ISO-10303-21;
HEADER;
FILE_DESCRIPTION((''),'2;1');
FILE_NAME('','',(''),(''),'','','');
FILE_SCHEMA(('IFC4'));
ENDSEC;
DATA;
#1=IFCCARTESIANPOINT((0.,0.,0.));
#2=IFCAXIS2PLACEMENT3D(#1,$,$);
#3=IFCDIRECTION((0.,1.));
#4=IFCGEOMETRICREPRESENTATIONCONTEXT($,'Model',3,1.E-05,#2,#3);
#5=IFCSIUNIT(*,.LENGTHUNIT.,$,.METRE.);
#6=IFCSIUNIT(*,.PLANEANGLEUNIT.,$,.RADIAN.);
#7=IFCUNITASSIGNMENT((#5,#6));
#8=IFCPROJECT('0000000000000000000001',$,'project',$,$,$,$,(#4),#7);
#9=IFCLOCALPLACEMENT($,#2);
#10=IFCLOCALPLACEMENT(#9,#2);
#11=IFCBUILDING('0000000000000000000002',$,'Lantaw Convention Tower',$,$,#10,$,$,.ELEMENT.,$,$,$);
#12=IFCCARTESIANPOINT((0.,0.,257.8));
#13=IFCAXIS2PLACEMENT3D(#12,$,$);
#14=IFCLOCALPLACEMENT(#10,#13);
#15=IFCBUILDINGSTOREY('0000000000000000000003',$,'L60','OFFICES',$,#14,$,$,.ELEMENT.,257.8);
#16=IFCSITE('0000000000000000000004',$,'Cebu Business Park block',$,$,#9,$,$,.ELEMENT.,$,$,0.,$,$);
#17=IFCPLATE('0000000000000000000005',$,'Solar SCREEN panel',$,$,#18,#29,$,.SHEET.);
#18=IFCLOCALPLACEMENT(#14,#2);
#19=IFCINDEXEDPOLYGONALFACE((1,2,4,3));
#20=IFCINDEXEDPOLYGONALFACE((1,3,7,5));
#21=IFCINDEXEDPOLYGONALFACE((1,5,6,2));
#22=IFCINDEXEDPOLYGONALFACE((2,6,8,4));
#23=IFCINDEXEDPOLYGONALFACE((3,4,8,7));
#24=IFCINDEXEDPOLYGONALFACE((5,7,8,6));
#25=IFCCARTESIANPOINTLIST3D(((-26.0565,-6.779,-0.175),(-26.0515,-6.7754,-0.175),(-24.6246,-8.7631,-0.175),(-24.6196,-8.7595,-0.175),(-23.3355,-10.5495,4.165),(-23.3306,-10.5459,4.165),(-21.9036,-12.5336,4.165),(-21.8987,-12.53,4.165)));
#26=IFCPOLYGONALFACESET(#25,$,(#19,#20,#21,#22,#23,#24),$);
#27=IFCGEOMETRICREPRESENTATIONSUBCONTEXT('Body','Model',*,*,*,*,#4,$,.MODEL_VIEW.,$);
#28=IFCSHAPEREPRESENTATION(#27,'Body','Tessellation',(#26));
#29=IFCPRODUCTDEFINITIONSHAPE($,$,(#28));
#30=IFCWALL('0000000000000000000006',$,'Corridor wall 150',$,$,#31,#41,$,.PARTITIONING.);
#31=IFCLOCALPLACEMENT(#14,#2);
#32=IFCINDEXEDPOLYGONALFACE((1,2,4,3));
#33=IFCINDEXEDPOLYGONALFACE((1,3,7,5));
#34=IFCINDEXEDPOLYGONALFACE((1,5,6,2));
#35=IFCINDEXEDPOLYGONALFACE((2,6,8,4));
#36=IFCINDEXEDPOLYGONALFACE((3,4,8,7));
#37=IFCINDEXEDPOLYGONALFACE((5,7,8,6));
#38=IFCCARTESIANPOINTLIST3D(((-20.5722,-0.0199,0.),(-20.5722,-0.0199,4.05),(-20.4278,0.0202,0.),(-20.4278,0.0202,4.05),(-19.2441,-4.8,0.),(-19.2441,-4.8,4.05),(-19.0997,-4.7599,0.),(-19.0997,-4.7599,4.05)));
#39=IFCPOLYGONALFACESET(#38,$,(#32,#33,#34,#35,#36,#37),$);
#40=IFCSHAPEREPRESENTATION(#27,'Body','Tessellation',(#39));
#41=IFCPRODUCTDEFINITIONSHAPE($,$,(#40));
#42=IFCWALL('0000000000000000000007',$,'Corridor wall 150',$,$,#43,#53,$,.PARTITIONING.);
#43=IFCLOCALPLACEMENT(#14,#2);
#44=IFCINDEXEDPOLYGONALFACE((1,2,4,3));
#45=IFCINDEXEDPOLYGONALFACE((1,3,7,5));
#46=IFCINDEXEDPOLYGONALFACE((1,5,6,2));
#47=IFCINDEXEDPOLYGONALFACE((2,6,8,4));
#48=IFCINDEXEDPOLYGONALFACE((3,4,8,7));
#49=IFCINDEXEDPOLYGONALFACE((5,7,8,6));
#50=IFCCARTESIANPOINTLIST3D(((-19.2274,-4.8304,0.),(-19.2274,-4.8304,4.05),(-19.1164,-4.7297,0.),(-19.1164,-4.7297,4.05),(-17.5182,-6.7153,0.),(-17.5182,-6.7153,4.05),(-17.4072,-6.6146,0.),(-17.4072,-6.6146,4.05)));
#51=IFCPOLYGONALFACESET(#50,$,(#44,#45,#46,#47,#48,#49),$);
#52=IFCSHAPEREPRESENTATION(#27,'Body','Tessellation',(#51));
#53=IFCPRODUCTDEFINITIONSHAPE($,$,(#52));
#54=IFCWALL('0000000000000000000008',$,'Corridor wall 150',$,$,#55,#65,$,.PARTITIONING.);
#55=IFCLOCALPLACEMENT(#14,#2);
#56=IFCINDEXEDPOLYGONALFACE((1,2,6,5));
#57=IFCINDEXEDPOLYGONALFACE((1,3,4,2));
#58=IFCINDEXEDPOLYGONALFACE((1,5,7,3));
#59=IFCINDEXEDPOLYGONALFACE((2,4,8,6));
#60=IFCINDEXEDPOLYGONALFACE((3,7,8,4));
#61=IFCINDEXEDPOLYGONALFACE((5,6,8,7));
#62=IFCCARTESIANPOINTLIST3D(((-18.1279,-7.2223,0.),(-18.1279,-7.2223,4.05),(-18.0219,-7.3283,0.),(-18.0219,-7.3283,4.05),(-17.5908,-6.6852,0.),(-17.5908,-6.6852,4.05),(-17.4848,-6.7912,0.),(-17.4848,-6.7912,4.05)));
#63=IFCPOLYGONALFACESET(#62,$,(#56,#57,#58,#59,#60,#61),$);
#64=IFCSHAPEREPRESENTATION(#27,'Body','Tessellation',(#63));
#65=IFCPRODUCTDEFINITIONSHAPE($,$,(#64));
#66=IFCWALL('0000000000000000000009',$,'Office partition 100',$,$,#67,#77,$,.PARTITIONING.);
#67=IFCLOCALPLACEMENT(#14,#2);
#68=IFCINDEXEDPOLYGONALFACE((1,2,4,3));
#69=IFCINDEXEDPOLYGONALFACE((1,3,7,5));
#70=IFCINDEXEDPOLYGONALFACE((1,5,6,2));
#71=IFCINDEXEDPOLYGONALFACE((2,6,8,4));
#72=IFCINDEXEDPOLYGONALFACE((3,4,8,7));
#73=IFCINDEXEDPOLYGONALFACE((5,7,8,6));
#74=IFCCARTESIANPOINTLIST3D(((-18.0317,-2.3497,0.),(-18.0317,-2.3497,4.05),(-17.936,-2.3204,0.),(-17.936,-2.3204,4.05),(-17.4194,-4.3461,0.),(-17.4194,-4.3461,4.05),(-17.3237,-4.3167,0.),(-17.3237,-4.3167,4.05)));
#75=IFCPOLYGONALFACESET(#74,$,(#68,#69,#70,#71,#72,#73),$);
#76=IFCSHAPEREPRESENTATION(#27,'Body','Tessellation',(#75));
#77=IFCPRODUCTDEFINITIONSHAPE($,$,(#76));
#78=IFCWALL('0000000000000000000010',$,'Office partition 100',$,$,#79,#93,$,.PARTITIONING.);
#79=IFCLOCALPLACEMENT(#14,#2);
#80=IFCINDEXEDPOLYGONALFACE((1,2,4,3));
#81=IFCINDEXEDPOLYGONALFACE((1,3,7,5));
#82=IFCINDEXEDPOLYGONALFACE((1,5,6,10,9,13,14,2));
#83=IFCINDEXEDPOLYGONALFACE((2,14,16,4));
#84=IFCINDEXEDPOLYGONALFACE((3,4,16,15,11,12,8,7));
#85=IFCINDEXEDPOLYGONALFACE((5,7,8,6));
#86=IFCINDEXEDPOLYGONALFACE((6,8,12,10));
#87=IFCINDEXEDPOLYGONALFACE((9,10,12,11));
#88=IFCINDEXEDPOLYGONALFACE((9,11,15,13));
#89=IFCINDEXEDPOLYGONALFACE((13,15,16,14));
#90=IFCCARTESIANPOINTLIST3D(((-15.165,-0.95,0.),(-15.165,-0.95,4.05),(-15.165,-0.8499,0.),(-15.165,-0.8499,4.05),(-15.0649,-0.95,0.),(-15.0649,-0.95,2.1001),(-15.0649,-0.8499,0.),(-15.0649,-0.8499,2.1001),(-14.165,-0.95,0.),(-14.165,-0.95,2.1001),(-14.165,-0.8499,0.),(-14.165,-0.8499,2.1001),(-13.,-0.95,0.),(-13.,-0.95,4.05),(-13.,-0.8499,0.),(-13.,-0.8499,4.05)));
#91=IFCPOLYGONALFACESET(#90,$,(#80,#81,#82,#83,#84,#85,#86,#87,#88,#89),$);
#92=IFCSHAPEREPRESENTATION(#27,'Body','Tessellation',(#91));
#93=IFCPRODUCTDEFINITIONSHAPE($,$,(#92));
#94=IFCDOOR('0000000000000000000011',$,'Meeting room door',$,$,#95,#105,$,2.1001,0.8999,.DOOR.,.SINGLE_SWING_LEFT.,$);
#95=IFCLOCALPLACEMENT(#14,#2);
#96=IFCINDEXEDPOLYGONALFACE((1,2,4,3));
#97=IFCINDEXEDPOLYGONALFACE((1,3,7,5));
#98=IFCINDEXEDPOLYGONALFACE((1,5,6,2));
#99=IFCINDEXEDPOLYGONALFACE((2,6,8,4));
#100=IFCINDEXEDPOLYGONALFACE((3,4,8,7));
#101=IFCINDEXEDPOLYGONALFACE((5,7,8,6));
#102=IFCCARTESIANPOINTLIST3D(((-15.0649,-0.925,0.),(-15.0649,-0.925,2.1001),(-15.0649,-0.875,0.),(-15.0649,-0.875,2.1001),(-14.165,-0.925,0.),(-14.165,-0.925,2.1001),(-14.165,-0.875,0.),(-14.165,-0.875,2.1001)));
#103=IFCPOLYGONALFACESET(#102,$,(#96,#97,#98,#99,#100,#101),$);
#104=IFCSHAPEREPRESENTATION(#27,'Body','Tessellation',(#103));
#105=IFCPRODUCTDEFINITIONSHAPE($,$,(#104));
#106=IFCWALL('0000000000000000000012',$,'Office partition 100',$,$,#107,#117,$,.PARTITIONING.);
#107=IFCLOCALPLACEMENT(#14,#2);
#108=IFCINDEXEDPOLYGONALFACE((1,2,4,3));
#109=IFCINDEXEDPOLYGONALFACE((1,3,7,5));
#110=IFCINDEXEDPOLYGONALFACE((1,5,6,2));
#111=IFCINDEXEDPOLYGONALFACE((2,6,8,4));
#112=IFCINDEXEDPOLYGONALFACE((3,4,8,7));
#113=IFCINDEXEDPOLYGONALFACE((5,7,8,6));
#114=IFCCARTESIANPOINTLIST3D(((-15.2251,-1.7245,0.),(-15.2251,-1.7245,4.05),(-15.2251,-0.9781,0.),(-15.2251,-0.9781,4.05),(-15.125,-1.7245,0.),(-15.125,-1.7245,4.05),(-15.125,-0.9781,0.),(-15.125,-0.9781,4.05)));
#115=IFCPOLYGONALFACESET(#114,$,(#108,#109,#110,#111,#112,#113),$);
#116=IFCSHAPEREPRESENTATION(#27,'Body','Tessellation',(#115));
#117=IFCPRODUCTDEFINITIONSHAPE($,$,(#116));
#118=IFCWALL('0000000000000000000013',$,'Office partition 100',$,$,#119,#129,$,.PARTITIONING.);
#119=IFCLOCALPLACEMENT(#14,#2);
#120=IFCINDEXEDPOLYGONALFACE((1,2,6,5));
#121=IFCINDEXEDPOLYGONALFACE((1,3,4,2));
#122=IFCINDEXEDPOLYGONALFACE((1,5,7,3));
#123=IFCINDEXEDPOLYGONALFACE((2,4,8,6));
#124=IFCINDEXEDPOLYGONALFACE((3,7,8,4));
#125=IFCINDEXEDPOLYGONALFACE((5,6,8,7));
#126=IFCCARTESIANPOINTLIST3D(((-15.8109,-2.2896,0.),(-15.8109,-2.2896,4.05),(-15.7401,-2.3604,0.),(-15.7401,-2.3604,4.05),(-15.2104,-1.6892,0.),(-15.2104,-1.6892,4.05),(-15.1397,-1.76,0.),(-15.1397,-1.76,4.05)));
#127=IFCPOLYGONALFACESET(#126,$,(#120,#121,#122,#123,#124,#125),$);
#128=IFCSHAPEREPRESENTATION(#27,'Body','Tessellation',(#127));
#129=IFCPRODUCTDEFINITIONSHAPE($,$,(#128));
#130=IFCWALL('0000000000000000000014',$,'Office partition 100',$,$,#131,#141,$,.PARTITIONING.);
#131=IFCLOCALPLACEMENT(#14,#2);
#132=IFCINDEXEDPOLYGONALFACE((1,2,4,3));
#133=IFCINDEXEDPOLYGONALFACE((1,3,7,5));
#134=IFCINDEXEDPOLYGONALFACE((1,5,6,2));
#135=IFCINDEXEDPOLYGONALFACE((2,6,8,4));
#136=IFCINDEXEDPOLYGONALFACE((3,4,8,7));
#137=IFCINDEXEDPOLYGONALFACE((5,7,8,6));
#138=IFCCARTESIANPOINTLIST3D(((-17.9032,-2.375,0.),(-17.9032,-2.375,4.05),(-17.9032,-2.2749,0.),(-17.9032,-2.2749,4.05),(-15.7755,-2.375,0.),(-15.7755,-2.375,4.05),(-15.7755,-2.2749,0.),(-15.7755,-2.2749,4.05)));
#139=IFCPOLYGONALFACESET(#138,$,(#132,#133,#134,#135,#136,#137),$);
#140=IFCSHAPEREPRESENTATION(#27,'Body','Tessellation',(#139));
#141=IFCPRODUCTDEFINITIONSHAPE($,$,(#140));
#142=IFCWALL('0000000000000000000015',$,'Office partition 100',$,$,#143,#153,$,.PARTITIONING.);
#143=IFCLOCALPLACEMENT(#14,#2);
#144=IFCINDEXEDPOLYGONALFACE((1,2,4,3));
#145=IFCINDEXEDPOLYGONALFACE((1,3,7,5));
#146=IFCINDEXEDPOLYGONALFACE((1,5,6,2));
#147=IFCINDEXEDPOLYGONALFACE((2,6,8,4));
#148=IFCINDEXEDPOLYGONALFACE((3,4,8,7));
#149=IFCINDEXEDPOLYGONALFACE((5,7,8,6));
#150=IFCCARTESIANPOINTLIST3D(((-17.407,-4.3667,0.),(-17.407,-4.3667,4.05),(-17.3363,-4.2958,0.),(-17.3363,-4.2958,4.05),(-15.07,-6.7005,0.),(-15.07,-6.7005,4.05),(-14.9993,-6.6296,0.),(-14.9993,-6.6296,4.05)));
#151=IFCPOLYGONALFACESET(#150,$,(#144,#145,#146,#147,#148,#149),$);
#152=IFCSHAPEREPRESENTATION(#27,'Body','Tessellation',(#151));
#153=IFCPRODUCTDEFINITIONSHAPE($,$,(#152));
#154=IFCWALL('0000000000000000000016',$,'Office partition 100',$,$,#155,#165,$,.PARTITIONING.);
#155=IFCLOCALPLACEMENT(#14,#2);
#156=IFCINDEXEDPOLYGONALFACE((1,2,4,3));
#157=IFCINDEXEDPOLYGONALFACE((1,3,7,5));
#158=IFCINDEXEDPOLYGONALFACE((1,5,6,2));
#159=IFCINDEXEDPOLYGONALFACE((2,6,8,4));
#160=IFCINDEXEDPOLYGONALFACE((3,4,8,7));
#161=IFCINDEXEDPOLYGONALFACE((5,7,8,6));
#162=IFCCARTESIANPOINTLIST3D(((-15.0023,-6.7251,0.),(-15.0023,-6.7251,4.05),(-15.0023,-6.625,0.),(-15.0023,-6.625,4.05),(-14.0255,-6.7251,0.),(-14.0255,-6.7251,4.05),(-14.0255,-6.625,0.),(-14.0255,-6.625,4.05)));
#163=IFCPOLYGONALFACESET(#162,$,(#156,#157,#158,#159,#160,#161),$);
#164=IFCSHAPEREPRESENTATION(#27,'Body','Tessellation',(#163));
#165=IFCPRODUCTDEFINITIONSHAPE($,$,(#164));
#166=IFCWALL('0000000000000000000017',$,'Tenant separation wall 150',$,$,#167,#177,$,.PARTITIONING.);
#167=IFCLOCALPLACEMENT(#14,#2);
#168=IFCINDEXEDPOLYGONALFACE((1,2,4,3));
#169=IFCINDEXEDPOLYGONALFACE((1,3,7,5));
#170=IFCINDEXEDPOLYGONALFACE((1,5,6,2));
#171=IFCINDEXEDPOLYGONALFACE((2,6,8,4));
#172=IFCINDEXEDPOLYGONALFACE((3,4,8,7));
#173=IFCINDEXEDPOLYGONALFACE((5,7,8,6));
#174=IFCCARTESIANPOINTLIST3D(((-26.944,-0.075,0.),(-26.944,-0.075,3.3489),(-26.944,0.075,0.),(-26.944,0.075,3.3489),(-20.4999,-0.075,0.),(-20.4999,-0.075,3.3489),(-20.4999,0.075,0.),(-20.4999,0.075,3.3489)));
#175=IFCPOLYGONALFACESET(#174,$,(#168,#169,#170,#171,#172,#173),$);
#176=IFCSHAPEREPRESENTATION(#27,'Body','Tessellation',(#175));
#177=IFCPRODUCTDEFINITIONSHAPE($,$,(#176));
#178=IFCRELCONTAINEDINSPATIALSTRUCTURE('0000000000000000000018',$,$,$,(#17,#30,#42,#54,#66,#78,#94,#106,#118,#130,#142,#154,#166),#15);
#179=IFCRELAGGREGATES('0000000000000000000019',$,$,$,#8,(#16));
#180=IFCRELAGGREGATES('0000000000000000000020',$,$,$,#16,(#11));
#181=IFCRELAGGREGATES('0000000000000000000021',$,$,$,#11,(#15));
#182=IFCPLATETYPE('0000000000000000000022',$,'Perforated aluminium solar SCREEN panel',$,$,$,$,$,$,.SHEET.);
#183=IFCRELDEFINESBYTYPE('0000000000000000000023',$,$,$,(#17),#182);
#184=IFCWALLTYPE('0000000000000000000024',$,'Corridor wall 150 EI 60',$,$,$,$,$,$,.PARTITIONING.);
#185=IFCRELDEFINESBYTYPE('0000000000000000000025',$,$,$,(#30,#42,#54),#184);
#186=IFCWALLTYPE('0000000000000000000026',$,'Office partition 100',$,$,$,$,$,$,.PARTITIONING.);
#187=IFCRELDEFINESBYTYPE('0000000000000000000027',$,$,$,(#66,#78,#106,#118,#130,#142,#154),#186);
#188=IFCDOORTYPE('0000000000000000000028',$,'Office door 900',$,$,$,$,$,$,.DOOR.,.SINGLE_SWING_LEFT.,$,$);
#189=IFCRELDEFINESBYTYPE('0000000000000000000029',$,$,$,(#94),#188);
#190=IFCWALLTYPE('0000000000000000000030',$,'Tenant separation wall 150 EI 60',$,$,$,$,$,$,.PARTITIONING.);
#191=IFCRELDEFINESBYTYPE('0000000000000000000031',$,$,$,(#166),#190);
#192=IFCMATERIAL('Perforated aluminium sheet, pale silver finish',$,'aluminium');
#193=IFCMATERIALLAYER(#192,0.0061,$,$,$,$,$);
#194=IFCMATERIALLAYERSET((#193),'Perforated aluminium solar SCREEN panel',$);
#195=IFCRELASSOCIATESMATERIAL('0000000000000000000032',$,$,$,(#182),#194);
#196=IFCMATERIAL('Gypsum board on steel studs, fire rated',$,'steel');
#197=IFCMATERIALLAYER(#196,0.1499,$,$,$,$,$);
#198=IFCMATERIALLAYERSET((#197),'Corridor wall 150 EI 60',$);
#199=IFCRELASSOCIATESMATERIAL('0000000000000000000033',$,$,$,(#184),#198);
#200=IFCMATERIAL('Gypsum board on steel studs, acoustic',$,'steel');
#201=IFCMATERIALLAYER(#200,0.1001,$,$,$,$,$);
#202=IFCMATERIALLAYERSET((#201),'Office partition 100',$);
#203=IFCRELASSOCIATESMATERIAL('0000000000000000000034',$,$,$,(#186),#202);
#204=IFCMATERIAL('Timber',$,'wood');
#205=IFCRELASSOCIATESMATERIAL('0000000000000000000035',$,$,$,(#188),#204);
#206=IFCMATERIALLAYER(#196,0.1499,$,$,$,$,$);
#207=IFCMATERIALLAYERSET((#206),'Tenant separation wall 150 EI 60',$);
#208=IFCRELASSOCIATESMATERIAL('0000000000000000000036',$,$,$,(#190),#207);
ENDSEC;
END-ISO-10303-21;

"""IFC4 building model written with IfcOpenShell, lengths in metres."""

from ifc_helpers import new_model, si_unit, direction, frame, frame_2d, origin, place, context, subcontext, project, spatial, polyline, rectangle, outline, extrude, material, layer, layer_set, type_object, element, fill, save


model = new_model("IFC4")

# Units and contexts
model_context = context("Model", 3, precision=1e-05, world=origin(), true_north=direction((0.0, 1.0)))
body_context = subcontext(model_context, "Body", "Model", "MODEL_VIEW")
ifc_project = project(units=[si_unit("LENGTHUNIT", "METRE"), si_unit("PLANEANGLEUNIT", "RADIAN")], contexts=[model_context])

# Site, building, storey
site_placement = place(None, origin())
site = spatial("IfcSite", under=ifc_project, at=site_placement, Name="Cebu Business Park block", CompositionType="ELEMENT", RefElevation=0.0)
building_placement = place(site_placement, origin())
building = spatial("IfcBuilding", under=site, at=building_placement, Name="Lantaw Convention Tower", CompositionType="ELEMENT")
storey_placement = place(building_placement, frame((0.0, 0.0, 257.8)))
storey = spatial("IfcBuildingStorey", under=building, at=storey_placement, Name="L60", Description="OFFICES", CompositionType="ELEMENT", Elevation=257.8)

# Plate
ifc_material_1 = material(Name="Perforated aluminium sheet, pale silver finish", Category="aluminium")
ifc_layer_1 = layer(ifc_material_1, 0.0061)
ifc_layer_set_1 = layer_set([ifc_layer_1], Name="Perforated aluminium solar SCREEN panel")
plate_type_1 = type_object("IfcPlateType", Name="Perforated aluminium solar SCREEN panel", PredefinedType="SHEET", material=ifc_layer_set_1)
plate_1_placement = place(storey_placement, frame((-26.0515, -6.7754, -0.175), z_axis=(0.810892, 0.585195, 0.00002), x_axis=(0.585195, -0.810892, 0.0)))
element("IfcPlate", 1, at=plate_1_placement, inside=storey, type_object=plate_type_1, Name="Solar SCREEN panel", PredefinedType="SHEET", context=body_context, shape_type="SweptSolid", body=[
    extrude(outline(polyline([(0.0, 0.0), (2.4468, 0.0), (7.0966, -4.3401), (4.6498, -4.3401), (0.0, 0.0)])), origin(), (0.0, 0.0, -1.0), 0.0061),
])

# Walls
ifc_material_2 = material(Name="Gypsum board on steel studs, fire rated", Category="steel")
ifc_layer_2 = layer(ifc_material_2, 0.1499)
ifc_layer_set_2 = layer_set([ifc_layer_2], Name="Corridor wall 150 EI 60")
wall_type_1 = type_object("IfcWallType", Name="Corridor wall 150 EI 60", PredefinedType="PARTITIONING", material=ifc_layer_set_2)
wall_1_placement = place(storey_placement, frame((-20.5, 0.0, 0.0), z_axis=(0.0, 0.0, 1.0), x_axis=(0.267707, -0.9635, 0.0)))
element("IfcWall", 2, at=wall_1_placement, inside=storey, type_object=wall_type_1, Name="Corridor wall 150", PredefinedType="PARTITIONING", context=body_context, shape_type="SweptSolid", body=[
    extrude(rectangle(XDim=4.9612, YDim=0.1499, at=frame_2d((2.4805, 0.0))), origin(), (0.0, 0.0, 1.0), 4.05),
])
wall_2_placement = place(storey_placement, frame((-19.1719, -4.78, 0.0), z_axis=(0.0, 0.0, 1.0), x_axis=(0.671722, -0.740803, 0.0)))
element("IfcWall", 3, at=wall_2_placement, inside=storey, type_object=wall_type_1, Name="Corridor wall 150", PredefinedType="PARTITIONING", context=body_context, shape_type="SweptSolid", body=[
    extrude(rectangle(XDim=2.5444, YDim=0.1499, at=frame_2d((1.2722, 0.0))), origin(), (0.0, 0.0, 1.0), 4.05),
])
wall_3_placement = place(storey_placement, frame((-18.075, -7.2754, 0.0), z_axis=(0.0, 0.0, 1.0), x_axis=(0.707107, 0.707107, 0.0)))
element("IfcWall", 4, at=wall_3_placement, inside=storey, type_object=wall_type_1, Name="Corridor wall 150", PredefinedType="PARTITIONING", context=body_context, shape_type="SweptSolid", body=[
    extrude(rectangle(XDim=0.7595, YDim=0.1499, at=frame_2d((0.3799, 0.0))), origin(), (0.0, 0.0, 1.0), 4.05),
])
ifc_material_3 = material(Name="Gypsum board on steel studs, acoustic", Category="steel")
ifc_layer_3 = layer(ifc_material_3, 0.1001)
ifc_layer_set_3 = layer_set([ifc_layer_3], Name="Office partition 100")
wall_type_2 = type_object("IfcWallType", Name="Office partition 100", PredefinedType="PARTITIONING", material=ifc_layer_set_3)
wall_4_placement = place(storey_placement, frame((-17.3716, -4.3313, 0.0), z_axis=(0.0, 0.0, 1.0), x_axis=(-0.293231, 0.956042, 0.0)))
element("IfcWall", 5, at=wall_4_placement, inside=storey, type_object=wall_type_2, Name="Office partition 100", PredefinedType="PARTITIONING", context=body_context, shape_type="SweptSolid", body=[
    extrude(rectangle(XDim=2.0881, YDim=0.1001, at=frame_2d((1.0439, 0.0))), origin(), (0.0, 0.0, 1.0), 4.05),
])

# Wall, opening, door
wall_5_placement = place(storey_placement, frame((-15.165, -0.8999, 0.0), z_axis=(0.0, 0.0, 1.0), x_axis=(1.0, 0.0, 0.0)))
wall_5 = element("IfcWall", 6, at=wall_5_placement, inside=storey, type_object=wall_type_2, Name="Office partition 100", PredefinedType="PARTITIONING", context=body_context, shape_type="SweptSolid", body=[
    extrude(rectangle(XDim=2.165, YDim=0.1001, at=frame_2d((1.0825, 0.0))), origin(), (0.0, 0.0, 1.0), 4.05),
])
opening_placement = place(wall_5_placement, frame((0.1001, 0.0, 0.0)))
opening = element("IfcOpeningElement", 7, at=opening_placement, cuts=wall_5, PredefinedType="OPENING", context=body_context, shape_type="SweptSolid", body=[
    extrude(rectangle(XDim=0.8999, YDim=2.1001, at=frame_2d((0.45, 1.05))), frame((0.0, 0.0601, 0.0), z_axis=(0.0, -1.0, 0.0), x_axis=(1.0, 0.0, 0.0)), (0.0, 0.0, 1.0), 0.1201),
])
ifc_material_4 = material(Name="Timber", Category="wood")
door_type = type_object("IfcDoorType", Name="Office door 900", OperationType="SINGLE_SWING_LEFT", PredefinedType="DOOR", material=ifc_material_4)
door_placement = place(opening_placement, origin())
door = element("IfcDoor", 8, at=door_placement, inside=storey, type_object=door_type, Name="Meeting room door", OperationType="SINGLE_SWING_LEFT", OverallHeight=2.1001, OverallWidth=0.8999, PredefinedType="DOOR", context=body_context, shape_type="SweptSolid", body=[
    extrude(rectangle(XDim=0.8999, YDim=2.1001, at=frame_2d((0.45, 1.05))), frame((0.0, 0.0249, 0.0), z_axis=(0.0, -1.0, 0.0), x_axis=(1.0, 0.0, 0.0)), (0.0, 0.0, 1.0), 0.05),
])
fill(opening, door)

# Walls
wall_6_placement = place(storey_placement, frame((-15.175, -0.9783, 0.0), z_axis=(0.0, 0.0, 1.0), x_axis=(0.0, -1.0, 0.0)))
element("IfcWall", 9, at=wall_6_placement, inside=storey, type_object=wall_type_2, Name="Office partition 100", PredefinedType="PARTITIONING", context=body_context, shape_type="SweptSolid", body=[
    extrude(rectangle(XDim=0.7463, YDim=0.1001, at=frame_2d((0.373, 0.0))), origin(), (0.0, 0.0, 1.0), 4.05),
])
wall_7_placement = place(storey_placement, frame((-15.175, -1.7246, 0.0), z_axis=(0.0, 0.0, 1.0), x_axis=(-0.707107, -0.707107, 0.0)))
element("IfcWall", 10, at=wall_7_placement, inside=storey, type_object=wall_type_2, Name="Office partition 100", PredefinedType="PARTITIONING", context=body_context, shape_type="SweptSolid", body=[
    extrude(rectangle(XDim=0.8491, YDim=0.1001, at=frame_2d((0.4246, 0.0))), origin(), (0.0, 0.0, 1.0), 4.05),
])
wall_8_placement = place(storey_placement, frame((-15.7754, -2.325, 0.0), z_axis=(0.0, 0.0, 1.0), x_axis=(-1.0, 0.0, 0.0)))
element("IfcWall", 11, at=wall_8_placement, inside=storey, type_object=wall_type_2, Name="Office partition 100", PredefinedType="PARTITIONING", context=body_context, shape_type="SweptSolid", body=[
    extrude(rectangle(XDim=2.1277, YDim=0.1001, at=frame_2d((1.064, 0.0))), origin(), (0.0, 0.0, 1.0), 4.05),
])
wall_9_placement = place(storey_placement, frame((-15.0347, -6.665, 0.0), z_axis=(0.0, 0.0, 1.0), x_axis=(-0.707587, 0.706626, 0.0)))
element("IfcWall", 12, at=wall_9_placement, inside=storey, type_object=wall_type_2, Name="Office partition 100", PredefinedType="PARTITIONING", context=body_context, shape_type="SweptSolid", body=[
    extrude(rectangle(XDim=3.3027, YDim=0.1001, at=frame_2d((1.6514, 0.0))), origin(), (0.0, 0.0, 1.0), 4.05),
])
wall_10_placement = place(storey_placement, frame((-15.0022, -6.675, 0.0), z_axis=(0.0, 0.0, 1.0), x_axis=(1.0, 0.0, 0.0)))
element("IfcWall", 13, at=wall_10_placement, inside=storey, type_object=wall_type_2, Name="Office partition 100", PredefinedType="PARTITIONING", context=body_context, shape_type="SweptSolid", body=[
    extrude(rectangle(XDim=0.9768, YDim=0.1001, at=frame_2d((0.4883, 0.0))), origin(), (0.0, 0.0, 1.0), 4.05),
])
ifc_layer_4 = layer(ifc_material_2, 0.1499)
ifc_layer_set_4 = layer_set([ifc_layer_4], Name="Tenant separation wall 150 EI 60")
wall_type_3 = type_object("IfcWallType", Name="Tenant separation wall 150 EI 60", PredefinedType="PARTITIONING", material=ifc_layer_set_4)
wall_11_placement = place(storey_placement, frame((-26.9441, 0.0, 0.0), z_axis=(0.0, 0.0, 1.0), x_axis=(1.0, 0.0, 0.0)))
element("IfcWall", 14, at=wall_11_placement, inside=storey, type_object=wall_type_3, Name="Tenant separation wall 150", PredefinedType="PARTITIONING", context=body_context, shape_type="SweptSolid", body=[
    extrude(rectangle(XDim=6.4441, YDim=0.1499, at=frame_2d((3.2222, 0.0))), origin(), (0.0, 0.0, 1.0), 3.3489),
])

save(model, "model.ifc")
